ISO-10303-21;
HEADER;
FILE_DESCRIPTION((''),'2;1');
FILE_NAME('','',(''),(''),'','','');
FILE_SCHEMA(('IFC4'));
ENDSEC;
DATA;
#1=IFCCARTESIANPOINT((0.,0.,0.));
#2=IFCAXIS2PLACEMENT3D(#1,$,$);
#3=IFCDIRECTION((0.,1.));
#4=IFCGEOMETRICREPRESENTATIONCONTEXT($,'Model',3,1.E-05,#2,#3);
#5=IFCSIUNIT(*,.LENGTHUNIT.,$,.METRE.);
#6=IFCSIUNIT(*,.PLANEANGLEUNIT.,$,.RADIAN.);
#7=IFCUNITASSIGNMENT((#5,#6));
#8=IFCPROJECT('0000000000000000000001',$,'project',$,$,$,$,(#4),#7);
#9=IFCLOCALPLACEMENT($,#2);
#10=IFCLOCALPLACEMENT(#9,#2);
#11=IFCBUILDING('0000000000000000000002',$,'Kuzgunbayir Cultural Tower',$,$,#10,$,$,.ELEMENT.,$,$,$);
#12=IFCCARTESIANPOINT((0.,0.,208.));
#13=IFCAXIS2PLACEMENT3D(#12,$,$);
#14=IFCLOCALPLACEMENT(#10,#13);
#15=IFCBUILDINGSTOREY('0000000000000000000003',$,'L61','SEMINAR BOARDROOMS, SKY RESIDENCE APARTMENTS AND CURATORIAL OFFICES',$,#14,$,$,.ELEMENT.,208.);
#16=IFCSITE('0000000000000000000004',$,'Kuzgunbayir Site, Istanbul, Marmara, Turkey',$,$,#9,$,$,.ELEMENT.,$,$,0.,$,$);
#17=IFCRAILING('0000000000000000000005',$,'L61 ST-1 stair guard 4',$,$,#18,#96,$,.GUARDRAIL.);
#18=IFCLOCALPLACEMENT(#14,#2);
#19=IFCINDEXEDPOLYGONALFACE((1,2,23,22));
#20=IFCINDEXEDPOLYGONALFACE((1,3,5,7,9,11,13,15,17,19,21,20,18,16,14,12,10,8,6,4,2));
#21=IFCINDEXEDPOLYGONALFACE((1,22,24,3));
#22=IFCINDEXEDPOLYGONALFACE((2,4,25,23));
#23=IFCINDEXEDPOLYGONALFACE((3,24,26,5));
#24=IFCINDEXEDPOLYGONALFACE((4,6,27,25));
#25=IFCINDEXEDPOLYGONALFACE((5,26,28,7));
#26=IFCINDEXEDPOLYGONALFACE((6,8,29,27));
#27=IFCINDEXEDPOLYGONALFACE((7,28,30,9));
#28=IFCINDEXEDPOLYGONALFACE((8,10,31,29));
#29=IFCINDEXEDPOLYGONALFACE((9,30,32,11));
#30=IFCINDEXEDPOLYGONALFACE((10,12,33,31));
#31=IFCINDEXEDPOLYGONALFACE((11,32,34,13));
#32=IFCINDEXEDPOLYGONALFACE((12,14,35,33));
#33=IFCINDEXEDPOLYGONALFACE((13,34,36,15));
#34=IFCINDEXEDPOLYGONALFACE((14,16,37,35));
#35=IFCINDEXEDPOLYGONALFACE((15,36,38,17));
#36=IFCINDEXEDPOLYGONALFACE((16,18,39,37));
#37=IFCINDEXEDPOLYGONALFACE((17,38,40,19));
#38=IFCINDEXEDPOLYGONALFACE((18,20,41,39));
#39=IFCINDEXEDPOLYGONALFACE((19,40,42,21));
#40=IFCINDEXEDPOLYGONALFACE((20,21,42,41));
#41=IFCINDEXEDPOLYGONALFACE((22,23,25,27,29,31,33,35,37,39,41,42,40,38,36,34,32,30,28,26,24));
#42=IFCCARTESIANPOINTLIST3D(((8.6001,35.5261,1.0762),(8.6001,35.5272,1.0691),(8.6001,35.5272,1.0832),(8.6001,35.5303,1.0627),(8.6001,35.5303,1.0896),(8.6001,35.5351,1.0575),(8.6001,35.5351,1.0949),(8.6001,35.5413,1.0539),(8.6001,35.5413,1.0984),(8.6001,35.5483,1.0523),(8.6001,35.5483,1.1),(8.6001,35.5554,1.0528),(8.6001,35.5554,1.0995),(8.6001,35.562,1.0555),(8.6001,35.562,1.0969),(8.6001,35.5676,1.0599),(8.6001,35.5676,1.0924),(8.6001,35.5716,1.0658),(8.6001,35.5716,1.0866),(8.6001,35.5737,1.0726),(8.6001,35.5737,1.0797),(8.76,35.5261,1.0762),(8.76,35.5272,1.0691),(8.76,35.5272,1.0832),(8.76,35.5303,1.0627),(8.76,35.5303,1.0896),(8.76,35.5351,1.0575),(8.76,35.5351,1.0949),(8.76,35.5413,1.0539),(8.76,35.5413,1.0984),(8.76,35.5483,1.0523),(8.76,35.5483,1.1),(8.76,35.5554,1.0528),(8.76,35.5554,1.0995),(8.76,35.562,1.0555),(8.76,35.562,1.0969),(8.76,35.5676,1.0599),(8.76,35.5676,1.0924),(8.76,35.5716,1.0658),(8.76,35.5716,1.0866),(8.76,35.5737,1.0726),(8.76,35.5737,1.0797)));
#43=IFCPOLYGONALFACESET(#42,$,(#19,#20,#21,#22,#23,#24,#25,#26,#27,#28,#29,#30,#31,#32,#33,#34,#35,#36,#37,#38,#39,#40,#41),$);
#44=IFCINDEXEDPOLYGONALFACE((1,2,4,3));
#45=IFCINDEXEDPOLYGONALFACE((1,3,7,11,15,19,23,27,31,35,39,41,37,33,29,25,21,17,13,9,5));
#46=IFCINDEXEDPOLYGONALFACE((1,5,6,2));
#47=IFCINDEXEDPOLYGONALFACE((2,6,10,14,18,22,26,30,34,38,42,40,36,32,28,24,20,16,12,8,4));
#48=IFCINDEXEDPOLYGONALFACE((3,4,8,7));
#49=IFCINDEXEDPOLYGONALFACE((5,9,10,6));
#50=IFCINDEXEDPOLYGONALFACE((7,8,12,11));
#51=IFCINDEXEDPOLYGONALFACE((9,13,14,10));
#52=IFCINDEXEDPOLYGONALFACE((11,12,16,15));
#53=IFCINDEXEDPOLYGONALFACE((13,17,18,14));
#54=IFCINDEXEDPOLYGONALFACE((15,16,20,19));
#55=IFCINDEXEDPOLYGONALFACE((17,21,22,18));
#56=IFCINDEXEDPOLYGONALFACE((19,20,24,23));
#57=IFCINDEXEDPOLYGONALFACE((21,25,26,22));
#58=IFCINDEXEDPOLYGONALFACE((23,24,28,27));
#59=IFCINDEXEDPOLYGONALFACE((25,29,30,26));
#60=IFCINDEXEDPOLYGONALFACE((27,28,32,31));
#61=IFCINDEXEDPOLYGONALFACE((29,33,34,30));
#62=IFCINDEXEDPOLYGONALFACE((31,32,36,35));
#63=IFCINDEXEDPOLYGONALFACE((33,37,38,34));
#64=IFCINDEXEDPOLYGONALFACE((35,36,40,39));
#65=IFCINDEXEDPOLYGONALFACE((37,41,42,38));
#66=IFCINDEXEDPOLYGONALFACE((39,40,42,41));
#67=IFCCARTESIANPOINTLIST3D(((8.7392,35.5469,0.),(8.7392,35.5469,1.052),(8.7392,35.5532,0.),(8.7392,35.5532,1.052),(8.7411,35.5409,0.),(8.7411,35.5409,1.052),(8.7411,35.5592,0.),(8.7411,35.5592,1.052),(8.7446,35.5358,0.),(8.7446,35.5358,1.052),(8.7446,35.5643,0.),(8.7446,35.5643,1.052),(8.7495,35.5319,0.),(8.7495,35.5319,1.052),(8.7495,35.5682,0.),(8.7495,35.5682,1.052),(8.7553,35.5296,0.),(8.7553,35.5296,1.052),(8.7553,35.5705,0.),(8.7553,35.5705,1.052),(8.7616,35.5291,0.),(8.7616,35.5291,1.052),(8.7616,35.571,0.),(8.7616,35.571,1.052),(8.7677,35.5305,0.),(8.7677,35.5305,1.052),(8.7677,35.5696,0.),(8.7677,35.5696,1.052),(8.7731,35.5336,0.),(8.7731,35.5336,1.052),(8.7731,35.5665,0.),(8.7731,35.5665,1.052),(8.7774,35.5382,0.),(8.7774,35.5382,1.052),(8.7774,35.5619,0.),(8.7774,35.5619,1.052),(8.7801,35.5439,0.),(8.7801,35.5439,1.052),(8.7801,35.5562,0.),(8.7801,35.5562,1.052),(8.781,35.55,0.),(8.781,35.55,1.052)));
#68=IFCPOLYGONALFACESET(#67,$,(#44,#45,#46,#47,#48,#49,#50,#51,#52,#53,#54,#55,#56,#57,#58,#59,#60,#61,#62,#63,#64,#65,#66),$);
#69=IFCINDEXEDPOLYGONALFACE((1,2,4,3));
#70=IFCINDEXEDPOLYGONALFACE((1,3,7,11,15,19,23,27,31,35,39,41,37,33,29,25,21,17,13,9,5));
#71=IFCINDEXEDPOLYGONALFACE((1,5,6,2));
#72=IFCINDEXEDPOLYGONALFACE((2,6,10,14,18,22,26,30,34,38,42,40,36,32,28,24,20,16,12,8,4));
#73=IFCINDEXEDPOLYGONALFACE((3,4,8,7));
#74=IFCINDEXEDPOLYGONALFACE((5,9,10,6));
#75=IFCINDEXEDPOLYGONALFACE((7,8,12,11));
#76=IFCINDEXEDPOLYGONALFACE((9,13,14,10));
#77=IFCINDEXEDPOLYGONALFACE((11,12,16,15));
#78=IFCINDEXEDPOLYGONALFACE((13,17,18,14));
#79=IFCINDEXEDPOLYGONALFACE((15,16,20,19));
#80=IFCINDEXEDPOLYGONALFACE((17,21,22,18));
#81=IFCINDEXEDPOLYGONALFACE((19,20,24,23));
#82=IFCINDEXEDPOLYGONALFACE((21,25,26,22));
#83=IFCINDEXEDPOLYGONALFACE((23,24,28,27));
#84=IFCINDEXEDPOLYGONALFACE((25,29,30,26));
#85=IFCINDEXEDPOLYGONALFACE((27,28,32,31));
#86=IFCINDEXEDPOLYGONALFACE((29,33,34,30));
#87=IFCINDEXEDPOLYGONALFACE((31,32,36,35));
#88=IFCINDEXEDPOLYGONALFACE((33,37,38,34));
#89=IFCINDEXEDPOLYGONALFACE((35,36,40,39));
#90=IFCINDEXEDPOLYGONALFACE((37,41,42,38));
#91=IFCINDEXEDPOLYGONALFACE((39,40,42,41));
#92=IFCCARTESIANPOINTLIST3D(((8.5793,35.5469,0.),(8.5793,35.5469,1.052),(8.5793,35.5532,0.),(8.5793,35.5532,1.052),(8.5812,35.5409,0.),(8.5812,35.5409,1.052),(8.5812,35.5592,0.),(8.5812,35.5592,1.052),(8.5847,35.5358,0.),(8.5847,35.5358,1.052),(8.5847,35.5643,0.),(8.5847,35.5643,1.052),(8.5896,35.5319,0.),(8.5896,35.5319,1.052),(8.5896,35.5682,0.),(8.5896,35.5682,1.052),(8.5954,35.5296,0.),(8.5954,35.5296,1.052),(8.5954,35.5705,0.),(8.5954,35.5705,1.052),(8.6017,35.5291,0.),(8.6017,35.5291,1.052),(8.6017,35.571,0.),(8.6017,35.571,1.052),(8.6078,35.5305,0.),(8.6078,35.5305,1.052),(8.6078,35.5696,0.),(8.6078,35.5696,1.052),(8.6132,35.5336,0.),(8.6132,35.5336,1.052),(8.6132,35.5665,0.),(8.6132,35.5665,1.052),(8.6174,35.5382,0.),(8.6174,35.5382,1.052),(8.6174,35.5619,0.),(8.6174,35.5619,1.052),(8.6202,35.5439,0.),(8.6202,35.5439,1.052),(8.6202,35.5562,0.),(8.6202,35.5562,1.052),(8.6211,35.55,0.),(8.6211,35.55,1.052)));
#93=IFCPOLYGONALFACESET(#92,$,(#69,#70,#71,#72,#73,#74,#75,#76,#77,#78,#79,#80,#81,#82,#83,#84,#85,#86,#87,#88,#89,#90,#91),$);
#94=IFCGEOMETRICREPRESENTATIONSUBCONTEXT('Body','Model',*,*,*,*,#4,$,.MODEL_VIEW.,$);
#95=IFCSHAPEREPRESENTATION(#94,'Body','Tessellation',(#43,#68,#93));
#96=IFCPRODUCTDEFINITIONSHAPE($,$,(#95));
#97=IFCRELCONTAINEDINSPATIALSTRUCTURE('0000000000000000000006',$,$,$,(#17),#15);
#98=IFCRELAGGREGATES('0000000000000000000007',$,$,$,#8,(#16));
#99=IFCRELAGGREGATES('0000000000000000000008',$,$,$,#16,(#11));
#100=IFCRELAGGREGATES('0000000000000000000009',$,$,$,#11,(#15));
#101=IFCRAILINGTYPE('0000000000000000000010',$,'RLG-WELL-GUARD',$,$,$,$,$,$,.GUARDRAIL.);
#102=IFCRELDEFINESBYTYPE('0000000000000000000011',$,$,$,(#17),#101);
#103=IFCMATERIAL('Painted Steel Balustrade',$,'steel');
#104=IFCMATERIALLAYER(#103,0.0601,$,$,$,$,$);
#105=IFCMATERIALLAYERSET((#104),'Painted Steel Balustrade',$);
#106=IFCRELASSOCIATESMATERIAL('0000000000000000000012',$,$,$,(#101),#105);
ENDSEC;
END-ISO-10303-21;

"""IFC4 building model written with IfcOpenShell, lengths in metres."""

from ifc_helpers import new_model, si_unit, direction, frame, origin, origin_2d, place, context, subcontext, project, spatial, circle, extrude, material, layer, layer_set, type_object, element, save


model = new_model("IFC4")

# Units and contexts
model_context = context("Model", 3, precision=1e-05, world=origin(), true_north=direction((0.0, 1.0)))
body_context = subcontext(model_context, "Body", "Model", "MODEL_VIEW")
ifc_project = project(units=[si_unit("LENGTHUNIT", "METRE"), si_unit("PLANEANGLEUNIT", "RADIAN")], contexts=[model_context])

# Site, building, storey
site_placement = place(None, origin())
site = spatial("IfcSite", under=ifc_project, at=site_placement, Name="Kuzgunbayir Site, Istanbul, Marmara, Turkey", CompositionType="ELEMENT", RefElevation=0.0)
building_placement = place(site_placement, origin())
building = spatial("IfcBuilding", under=site, at=building_placement, Name="Kuzgunbayir Cultural Tower", CompositionType="ELEMENT")
storey_placement = place(building_placement, frame((0.0, 0.0, 208.0)))
storey = spatial("IfcBuildingStorey", under=building, at=storey_placement, Name="L61", Description="SEMINAR BOARDROOMS, SKY RESIDENCE APARTMENTS AND CURATORIAL OFFICES", CompositionType="ELEMENT", Elevation=208.0)

# Railing
ifc_material_1 = material(Name="Painted Steel Balustrade", Category="steel")
ifc_layer_1 = layer(ifc_material_1, 0.0601)
ifc_layer_set_1 = layer_set([ifc_layer_1], Name="Painted Steel Balustrade")
railing_type_1 = type_object("IfcRailingType", Name="RLG-WELL-GUARD", PredefinedType="GUARDRAIL", material=ifc_layer_set_1)
railing_1_placement = place(storey_placement, frame((8.76, 35.55, 0.0)))
element("IfcRailing", 1, at=railing_1_placement, inside=storey, type_object=railing_type_1, Name="L61 ST-1 stair guard 4", PredefinedType="GUARDRAIL", context=body_context, shape_type="SweptSolid", body=[
    extrude(circle(Radius=0.0239, at=origin_2d()), frame((0.0, 0.0, 1.0762), z_axis=(-1.0, 0.0, 0.0), x_axis=(0.0, -1.0, 0.0)), (0.0, 0.0, 1.0), 0.1599),
    extrude(circle(Radius=0.021, at=origin_2d()), origin(), (0.0, 0.0, 1.0), 1.052),
    extrude(circle(Radius=0.021, at=origin_2d()), frame((-0.1599, 0.0, 0.0)), (0.0, 0.0, 1.0), 1.052),
])

save(model, "model.ifc")
